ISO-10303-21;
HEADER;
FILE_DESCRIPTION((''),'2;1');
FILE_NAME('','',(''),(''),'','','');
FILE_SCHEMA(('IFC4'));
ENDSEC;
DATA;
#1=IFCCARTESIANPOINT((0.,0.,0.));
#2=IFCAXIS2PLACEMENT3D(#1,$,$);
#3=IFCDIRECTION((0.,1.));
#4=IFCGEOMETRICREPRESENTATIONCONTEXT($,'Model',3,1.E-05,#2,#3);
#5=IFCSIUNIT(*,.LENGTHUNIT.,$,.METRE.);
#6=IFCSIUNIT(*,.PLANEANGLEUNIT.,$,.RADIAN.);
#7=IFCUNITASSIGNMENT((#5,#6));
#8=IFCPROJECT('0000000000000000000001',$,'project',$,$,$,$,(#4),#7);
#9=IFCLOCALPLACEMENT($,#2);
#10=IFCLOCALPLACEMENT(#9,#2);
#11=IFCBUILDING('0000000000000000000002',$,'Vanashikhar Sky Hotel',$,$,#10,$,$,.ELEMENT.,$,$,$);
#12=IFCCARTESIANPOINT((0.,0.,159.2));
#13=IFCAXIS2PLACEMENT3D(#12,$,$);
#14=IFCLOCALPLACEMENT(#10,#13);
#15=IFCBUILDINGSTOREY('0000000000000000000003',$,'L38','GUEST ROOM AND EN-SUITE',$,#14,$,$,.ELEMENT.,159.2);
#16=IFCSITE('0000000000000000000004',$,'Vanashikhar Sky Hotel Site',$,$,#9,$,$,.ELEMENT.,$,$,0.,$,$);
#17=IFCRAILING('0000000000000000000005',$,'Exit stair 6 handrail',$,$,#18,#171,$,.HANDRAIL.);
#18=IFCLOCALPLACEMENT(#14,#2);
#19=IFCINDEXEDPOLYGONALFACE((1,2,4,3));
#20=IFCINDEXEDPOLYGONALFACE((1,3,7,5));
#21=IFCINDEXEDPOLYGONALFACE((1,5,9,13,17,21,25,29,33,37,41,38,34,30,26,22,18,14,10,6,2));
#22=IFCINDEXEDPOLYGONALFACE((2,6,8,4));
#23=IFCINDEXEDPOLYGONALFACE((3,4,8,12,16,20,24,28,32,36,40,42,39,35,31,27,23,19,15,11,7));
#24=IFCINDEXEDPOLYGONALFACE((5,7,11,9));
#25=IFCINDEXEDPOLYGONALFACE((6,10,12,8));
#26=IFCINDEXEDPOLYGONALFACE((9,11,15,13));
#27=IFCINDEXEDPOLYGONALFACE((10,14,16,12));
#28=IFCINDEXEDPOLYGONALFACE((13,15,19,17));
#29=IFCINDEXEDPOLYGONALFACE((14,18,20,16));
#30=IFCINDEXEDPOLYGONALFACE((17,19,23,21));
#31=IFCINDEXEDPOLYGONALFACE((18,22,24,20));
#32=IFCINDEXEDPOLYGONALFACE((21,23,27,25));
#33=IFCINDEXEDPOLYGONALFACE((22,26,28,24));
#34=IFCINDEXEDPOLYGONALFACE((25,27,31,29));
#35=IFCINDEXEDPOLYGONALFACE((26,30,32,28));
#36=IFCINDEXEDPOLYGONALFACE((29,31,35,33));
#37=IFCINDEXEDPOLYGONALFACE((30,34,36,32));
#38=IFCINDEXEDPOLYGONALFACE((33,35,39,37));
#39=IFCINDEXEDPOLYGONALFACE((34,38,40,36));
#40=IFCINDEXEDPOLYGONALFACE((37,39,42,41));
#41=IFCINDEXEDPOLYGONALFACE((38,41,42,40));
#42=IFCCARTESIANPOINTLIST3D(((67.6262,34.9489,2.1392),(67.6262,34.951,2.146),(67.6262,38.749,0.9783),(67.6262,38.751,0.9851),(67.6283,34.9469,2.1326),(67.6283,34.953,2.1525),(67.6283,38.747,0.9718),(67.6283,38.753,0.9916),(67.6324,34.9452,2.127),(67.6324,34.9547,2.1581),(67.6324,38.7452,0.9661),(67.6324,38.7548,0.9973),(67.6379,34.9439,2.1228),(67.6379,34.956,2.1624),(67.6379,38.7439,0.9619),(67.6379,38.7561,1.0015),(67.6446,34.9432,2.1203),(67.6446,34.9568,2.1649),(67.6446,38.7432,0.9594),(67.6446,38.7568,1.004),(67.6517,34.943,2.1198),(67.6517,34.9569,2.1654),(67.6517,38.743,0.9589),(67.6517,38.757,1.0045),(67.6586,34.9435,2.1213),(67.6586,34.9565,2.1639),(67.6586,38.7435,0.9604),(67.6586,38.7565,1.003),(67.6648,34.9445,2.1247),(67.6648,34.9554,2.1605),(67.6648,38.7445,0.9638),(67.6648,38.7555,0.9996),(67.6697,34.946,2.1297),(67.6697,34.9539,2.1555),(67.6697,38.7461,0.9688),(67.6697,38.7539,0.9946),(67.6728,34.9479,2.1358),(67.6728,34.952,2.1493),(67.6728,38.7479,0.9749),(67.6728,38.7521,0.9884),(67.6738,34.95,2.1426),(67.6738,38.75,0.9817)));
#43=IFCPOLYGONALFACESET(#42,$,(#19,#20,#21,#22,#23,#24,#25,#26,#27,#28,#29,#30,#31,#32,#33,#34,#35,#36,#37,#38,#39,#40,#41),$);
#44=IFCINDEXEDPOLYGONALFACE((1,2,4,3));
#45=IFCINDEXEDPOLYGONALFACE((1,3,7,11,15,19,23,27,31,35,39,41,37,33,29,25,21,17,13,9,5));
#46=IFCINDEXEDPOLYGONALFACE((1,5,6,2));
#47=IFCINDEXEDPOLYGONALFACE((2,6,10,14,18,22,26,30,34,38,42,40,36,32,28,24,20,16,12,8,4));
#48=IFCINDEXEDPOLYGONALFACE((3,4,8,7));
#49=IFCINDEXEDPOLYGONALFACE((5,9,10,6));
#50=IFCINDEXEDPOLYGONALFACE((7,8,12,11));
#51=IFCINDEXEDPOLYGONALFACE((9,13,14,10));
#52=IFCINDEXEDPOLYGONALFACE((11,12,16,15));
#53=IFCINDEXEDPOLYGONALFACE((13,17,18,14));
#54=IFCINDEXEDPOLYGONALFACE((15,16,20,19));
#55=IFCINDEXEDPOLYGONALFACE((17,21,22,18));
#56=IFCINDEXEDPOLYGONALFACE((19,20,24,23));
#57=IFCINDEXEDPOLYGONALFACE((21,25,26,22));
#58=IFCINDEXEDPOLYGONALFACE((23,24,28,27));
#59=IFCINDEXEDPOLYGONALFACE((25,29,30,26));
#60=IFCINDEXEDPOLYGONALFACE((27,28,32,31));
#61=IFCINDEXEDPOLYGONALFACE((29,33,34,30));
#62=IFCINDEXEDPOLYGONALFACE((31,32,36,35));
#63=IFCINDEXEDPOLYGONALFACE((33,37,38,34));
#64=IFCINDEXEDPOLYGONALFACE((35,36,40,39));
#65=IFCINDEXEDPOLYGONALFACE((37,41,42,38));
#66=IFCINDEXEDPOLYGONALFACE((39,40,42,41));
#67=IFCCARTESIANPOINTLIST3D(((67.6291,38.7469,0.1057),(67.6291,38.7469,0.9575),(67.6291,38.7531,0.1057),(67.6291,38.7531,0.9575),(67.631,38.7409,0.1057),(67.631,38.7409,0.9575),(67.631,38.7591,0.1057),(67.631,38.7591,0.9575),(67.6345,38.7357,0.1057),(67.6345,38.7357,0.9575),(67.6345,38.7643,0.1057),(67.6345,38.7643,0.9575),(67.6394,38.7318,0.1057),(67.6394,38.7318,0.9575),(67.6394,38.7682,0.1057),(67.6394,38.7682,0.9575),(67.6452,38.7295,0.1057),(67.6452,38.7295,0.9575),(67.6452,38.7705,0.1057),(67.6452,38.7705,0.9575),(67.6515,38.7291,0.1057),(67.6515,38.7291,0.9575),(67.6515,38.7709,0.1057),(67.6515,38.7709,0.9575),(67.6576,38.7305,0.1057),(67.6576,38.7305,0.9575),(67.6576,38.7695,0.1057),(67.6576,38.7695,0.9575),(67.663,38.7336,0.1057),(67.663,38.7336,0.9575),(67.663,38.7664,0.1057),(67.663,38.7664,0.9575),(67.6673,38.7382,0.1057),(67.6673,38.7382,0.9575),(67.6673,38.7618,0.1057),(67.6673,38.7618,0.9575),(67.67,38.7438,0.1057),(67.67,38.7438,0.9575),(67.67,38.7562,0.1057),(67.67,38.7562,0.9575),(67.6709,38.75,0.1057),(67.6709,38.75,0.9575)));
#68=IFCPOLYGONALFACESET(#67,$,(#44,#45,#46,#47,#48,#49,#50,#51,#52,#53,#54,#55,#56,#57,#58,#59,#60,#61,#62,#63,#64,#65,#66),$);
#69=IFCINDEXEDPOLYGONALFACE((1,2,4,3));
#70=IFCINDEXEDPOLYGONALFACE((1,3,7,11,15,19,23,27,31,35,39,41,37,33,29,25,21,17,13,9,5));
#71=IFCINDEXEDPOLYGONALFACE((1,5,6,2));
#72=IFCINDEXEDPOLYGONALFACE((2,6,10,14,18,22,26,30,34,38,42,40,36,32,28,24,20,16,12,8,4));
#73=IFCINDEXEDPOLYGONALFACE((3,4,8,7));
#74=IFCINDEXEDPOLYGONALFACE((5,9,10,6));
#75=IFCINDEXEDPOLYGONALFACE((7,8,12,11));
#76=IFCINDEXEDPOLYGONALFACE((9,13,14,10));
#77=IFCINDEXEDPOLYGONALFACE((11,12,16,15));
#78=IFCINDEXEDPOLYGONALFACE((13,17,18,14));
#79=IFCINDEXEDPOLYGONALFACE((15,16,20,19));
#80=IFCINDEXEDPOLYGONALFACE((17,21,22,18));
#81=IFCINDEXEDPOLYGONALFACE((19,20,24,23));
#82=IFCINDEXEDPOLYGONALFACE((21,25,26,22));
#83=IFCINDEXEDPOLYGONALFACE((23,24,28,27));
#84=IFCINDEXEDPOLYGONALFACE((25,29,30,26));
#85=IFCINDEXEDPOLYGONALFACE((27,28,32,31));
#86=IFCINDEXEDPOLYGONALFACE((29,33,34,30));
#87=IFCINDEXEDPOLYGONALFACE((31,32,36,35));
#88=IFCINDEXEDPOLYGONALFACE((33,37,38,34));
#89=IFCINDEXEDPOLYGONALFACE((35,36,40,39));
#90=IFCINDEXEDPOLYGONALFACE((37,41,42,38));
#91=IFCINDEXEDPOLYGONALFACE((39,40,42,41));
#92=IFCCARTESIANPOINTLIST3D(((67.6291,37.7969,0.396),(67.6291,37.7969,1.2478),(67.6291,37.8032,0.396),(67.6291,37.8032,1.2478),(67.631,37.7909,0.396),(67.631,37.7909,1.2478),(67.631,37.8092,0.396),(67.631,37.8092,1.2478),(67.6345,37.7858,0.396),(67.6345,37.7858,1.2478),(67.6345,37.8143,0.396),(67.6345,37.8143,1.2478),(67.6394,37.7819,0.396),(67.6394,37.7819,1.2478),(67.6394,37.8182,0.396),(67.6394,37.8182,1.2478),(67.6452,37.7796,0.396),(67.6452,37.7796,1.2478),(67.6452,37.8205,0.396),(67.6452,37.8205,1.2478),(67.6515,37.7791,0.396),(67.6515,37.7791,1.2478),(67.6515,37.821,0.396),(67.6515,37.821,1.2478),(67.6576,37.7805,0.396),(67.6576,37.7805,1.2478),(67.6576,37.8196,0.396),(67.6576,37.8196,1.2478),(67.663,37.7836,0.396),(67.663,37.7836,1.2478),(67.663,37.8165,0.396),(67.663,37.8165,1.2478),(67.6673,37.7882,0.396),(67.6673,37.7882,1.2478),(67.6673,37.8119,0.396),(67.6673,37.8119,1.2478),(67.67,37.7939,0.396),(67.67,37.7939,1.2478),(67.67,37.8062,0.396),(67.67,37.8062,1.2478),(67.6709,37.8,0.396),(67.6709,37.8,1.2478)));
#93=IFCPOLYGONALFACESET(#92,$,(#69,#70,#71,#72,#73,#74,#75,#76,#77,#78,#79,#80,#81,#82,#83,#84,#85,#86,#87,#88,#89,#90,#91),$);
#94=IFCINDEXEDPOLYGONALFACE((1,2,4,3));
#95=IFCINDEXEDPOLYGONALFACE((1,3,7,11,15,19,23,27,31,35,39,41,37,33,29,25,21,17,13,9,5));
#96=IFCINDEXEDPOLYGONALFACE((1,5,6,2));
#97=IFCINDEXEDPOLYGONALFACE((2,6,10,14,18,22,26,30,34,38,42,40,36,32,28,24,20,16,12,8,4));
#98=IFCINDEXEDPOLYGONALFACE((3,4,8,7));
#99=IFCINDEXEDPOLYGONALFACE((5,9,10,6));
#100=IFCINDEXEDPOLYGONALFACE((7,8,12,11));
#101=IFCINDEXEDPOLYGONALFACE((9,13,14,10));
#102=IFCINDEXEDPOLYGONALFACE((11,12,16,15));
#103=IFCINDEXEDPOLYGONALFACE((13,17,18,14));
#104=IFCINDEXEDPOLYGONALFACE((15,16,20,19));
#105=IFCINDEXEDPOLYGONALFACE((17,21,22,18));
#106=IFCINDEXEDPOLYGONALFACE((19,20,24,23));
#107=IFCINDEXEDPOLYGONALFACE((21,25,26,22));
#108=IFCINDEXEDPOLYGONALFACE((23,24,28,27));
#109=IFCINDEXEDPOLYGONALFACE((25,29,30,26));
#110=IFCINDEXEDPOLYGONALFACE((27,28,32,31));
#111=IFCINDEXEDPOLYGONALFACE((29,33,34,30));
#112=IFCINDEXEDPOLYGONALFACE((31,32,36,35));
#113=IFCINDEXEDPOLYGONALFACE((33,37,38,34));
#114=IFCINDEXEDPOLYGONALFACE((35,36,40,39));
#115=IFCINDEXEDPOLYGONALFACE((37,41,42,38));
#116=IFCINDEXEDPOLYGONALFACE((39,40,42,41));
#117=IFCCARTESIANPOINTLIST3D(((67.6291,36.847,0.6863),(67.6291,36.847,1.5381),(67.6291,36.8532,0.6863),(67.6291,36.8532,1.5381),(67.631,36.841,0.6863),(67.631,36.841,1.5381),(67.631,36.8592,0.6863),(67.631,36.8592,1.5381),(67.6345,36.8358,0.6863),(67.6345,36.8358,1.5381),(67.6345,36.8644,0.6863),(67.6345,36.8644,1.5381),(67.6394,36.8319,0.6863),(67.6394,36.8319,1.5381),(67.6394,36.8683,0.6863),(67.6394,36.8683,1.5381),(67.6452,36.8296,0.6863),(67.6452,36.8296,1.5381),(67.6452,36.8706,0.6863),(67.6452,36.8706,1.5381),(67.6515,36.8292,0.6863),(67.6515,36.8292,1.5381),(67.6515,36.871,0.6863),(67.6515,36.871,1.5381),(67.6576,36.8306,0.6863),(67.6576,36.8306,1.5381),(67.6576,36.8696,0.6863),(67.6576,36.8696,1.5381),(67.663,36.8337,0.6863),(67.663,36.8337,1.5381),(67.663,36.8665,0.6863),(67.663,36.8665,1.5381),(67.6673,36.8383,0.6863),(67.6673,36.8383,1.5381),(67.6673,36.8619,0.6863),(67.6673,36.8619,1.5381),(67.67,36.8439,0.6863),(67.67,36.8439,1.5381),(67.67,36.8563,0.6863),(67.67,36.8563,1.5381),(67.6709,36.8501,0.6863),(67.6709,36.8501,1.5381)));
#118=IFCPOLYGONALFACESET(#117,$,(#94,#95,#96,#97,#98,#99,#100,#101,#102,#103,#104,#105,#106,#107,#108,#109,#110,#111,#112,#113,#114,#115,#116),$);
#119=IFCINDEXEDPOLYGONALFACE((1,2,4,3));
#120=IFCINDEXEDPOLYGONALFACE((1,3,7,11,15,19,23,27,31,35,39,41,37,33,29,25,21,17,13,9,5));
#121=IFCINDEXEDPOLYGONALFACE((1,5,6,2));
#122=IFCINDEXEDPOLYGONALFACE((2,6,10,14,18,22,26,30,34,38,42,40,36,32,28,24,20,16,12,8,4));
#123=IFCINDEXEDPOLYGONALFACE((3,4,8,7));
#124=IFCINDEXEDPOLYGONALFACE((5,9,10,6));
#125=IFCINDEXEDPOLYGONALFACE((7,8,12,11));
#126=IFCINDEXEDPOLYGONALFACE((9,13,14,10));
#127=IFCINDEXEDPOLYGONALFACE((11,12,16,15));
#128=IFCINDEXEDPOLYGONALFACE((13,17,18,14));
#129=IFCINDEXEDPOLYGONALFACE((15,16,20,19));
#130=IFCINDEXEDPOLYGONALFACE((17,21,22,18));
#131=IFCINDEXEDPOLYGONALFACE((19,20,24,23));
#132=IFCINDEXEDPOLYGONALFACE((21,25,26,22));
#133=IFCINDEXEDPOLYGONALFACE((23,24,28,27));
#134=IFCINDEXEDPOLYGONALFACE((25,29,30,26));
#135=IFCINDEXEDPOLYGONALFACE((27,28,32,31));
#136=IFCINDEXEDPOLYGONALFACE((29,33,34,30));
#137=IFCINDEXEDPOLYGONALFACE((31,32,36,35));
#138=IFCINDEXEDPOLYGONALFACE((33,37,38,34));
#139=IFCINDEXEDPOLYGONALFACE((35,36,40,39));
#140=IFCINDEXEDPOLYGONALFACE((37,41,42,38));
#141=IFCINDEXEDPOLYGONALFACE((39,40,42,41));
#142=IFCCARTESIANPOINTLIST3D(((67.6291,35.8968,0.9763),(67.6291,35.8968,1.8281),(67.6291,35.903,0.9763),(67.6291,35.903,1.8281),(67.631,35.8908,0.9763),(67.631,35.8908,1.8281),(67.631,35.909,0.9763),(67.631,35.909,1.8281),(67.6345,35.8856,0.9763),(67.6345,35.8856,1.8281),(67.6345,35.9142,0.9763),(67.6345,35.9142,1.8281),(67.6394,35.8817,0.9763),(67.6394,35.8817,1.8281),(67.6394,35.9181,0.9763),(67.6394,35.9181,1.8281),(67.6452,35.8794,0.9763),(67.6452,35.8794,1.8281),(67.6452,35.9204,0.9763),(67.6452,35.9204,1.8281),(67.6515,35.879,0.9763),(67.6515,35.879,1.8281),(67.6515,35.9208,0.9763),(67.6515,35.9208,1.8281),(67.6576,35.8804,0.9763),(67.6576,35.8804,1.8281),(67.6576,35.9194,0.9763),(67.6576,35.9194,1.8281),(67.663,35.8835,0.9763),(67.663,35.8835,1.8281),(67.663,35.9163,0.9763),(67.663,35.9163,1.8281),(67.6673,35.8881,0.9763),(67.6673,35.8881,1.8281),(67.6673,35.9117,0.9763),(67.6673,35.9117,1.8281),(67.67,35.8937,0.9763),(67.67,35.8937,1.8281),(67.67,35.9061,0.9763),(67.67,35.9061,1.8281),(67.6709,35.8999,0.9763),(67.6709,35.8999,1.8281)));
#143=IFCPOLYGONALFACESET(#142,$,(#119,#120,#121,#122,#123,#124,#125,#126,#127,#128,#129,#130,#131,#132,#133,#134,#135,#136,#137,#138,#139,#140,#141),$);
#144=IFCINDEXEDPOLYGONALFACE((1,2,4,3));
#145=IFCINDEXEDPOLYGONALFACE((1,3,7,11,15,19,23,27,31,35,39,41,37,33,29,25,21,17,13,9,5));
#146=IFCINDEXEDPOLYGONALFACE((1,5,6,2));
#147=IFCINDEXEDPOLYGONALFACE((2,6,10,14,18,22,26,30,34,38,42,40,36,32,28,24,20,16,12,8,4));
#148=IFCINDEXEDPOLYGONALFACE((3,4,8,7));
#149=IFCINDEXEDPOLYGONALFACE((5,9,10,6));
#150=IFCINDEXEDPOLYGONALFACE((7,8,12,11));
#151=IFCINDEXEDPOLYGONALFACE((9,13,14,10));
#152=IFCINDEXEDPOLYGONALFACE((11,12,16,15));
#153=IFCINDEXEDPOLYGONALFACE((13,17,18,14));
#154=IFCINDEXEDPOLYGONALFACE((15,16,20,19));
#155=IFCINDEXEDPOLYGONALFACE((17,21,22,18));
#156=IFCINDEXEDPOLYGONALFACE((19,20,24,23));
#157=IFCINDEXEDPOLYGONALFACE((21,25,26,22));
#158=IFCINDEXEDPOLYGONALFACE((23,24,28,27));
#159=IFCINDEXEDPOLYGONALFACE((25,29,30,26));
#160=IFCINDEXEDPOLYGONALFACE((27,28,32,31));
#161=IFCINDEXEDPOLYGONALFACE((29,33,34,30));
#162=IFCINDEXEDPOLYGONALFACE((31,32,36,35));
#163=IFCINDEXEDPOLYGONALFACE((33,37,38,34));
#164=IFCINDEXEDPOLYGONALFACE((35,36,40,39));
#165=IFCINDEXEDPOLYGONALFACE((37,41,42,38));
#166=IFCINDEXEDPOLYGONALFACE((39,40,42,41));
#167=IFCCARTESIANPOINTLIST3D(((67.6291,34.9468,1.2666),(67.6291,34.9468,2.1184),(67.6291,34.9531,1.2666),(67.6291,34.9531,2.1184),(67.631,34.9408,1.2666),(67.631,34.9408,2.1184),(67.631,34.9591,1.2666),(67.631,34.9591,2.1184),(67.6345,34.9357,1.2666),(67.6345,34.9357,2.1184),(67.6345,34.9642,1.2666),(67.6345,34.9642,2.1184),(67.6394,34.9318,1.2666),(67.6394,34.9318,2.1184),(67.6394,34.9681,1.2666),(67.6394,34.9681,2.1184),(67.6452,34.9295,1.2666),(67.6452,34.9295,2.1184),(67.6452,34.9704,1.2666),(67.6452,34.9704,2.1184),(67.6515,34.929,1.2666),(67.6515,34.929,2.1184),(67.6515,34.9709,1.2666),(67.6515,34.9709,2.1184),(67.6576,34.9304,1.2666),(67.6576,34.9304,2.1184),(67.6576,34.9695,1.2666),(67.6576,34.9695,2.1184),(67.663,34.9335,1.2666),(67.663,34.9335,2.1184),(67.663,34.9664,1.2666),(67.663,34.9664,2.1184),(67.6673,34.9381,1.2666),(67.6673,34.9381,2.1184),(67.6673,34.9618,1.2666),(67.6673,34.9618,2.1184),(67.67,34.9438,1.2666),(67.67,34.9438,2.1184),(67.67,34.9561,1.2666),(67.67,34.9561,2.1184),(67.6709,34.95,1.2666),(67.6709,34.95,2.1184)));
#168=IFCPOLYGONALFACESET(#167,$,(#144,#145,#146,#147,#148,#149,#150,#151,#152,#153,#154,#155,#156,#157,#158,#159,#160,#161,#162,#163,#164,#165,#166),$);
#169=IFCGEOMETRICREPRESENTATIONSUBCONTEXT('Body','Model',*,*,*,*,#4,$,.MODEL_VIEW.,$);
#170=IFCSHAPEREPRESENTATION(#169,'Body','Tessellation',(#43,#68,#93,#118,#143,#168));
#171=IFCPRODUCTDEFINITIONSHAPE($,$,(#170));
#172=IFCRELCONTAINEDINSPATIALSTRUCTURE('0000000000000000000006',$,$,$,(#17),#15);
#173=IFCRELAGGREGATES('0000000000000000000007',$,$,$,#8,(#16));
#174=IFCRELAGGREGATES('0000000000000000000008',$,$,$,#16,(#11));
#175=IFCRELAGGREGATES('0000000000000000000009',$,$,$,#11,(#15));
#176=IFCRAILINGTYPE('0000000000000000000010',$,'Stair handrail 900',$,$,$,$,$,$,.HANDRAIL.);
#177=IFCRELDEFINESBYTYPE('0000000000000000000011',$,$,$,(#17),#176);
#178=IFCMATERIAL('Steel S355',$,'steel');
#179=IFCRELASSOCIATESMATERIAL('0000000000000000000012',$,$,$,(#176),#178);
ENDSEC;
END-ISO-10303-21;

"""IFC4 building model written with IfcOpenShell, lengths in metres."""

from ifc_helpers import new_model, si_unit, direction, frame, origin, origin_2d, place, context, subcontext, project, spatial, circle, extrude, source, transform, mapped, material, type_object, element, save


model = new_model("IFC4")

# Units and contexts
model_context = context("Model", 3, precision=1e-05, world=origin(), true_north=direction((0.0, 1.0)))
body_context = subcontext(model_context, "Body", "Model", "MODEL_VIEW")
ifc_project = project(units=[si_unit("LENGTHUNIT", "METRE"), si_unit("PLANEANGLEUNIT", "RADIAN")], contexts=[model_context])

# Site, building, storey
site_placement = place(None, origin())
site = spatial("IfcSite", under=ifc_project, at=site_placement, Name="Vanashikhar Sky Hotel Site", CompositionType="ELEMENT", RefElevation=0.0)
building_placement = place(site_placement, origin())
building = spatial("IfcBuilding", under=site, at=building_placement, Name="Vanashikhar Sky Hotel", CompositionType="ELEMENT")
storey_placement = place(building_placement, frame((0.0, 0.0, 159.2)))
storey = spatial("IfcBuildingStorey", under=building, at=storey_placement, Name="L38", Description="GUEST ROOM AND EN-SUITE", CompositionType="ELEMENT", Elevation=159.2)

# Railing
ifc_material_1 = material(Name="Steel S355", Category="steel")
railing_type = type_object("IfcRailingType", Name="Stair handrail 900", PredefinedType="HANDRAIL", material=ifc_material_1)
shared_shape_1 = source(origin(), body_context, "Body", "SweptSolid", [
    extrude(circle(Radius=0.0239, at=origin_2d()), frame((0.0, 0.0, 0.876), z_axis=(0.0, -0.956368, 0.292164), x_axis=(1.0, 0.0, 0.0)), (0.0, 0.0, 1.0), 3.9734),
    extrude(circle(Radius=0.021, at=origin_2d()), origin(), (0.0, 0.0, 1.0), 0.8518),
    extrude(circle(Radius=0.021, at=origin_2d()), frame((0.0, -0.95, 0.2903)), (0.0, 0.0, 1.0), 0.8518),
    extrude(circle(Radius=0.021, at=origin_2d()), frame((0.0, -1.8999, 0.5806)), (0.0, 0.0, 1.0), 0.8518),
    extrude(circle(Radius=0.021, at=origin_2d()), frame((0.0, -2.8501, 0.8706)), (0.0, 0.0, 1.0), 0.8518),
    extrude(circle(Radius=0.021, at=origin_2d()), frame((0.0, -3.8, 1.1609)), (0.0, 0.0, 1.0), 0.8518),
])
railing_placement = place(storey_placement, frame((67.6499, 38.75, 0.1057)))
element("IfcRailing", 1, at=railing_placement, inside=storey, type_object=railing_type, Name="Exit stair 6 handrail", PredefinedType="HANDRAIL", context=body_context, shape_type="MappedRepresentation", body=[
    mapped(shared_shape_1, transform((0.0, 0.0, 0.0), scale=1.0)),
])

save(model, "model.ifc")
